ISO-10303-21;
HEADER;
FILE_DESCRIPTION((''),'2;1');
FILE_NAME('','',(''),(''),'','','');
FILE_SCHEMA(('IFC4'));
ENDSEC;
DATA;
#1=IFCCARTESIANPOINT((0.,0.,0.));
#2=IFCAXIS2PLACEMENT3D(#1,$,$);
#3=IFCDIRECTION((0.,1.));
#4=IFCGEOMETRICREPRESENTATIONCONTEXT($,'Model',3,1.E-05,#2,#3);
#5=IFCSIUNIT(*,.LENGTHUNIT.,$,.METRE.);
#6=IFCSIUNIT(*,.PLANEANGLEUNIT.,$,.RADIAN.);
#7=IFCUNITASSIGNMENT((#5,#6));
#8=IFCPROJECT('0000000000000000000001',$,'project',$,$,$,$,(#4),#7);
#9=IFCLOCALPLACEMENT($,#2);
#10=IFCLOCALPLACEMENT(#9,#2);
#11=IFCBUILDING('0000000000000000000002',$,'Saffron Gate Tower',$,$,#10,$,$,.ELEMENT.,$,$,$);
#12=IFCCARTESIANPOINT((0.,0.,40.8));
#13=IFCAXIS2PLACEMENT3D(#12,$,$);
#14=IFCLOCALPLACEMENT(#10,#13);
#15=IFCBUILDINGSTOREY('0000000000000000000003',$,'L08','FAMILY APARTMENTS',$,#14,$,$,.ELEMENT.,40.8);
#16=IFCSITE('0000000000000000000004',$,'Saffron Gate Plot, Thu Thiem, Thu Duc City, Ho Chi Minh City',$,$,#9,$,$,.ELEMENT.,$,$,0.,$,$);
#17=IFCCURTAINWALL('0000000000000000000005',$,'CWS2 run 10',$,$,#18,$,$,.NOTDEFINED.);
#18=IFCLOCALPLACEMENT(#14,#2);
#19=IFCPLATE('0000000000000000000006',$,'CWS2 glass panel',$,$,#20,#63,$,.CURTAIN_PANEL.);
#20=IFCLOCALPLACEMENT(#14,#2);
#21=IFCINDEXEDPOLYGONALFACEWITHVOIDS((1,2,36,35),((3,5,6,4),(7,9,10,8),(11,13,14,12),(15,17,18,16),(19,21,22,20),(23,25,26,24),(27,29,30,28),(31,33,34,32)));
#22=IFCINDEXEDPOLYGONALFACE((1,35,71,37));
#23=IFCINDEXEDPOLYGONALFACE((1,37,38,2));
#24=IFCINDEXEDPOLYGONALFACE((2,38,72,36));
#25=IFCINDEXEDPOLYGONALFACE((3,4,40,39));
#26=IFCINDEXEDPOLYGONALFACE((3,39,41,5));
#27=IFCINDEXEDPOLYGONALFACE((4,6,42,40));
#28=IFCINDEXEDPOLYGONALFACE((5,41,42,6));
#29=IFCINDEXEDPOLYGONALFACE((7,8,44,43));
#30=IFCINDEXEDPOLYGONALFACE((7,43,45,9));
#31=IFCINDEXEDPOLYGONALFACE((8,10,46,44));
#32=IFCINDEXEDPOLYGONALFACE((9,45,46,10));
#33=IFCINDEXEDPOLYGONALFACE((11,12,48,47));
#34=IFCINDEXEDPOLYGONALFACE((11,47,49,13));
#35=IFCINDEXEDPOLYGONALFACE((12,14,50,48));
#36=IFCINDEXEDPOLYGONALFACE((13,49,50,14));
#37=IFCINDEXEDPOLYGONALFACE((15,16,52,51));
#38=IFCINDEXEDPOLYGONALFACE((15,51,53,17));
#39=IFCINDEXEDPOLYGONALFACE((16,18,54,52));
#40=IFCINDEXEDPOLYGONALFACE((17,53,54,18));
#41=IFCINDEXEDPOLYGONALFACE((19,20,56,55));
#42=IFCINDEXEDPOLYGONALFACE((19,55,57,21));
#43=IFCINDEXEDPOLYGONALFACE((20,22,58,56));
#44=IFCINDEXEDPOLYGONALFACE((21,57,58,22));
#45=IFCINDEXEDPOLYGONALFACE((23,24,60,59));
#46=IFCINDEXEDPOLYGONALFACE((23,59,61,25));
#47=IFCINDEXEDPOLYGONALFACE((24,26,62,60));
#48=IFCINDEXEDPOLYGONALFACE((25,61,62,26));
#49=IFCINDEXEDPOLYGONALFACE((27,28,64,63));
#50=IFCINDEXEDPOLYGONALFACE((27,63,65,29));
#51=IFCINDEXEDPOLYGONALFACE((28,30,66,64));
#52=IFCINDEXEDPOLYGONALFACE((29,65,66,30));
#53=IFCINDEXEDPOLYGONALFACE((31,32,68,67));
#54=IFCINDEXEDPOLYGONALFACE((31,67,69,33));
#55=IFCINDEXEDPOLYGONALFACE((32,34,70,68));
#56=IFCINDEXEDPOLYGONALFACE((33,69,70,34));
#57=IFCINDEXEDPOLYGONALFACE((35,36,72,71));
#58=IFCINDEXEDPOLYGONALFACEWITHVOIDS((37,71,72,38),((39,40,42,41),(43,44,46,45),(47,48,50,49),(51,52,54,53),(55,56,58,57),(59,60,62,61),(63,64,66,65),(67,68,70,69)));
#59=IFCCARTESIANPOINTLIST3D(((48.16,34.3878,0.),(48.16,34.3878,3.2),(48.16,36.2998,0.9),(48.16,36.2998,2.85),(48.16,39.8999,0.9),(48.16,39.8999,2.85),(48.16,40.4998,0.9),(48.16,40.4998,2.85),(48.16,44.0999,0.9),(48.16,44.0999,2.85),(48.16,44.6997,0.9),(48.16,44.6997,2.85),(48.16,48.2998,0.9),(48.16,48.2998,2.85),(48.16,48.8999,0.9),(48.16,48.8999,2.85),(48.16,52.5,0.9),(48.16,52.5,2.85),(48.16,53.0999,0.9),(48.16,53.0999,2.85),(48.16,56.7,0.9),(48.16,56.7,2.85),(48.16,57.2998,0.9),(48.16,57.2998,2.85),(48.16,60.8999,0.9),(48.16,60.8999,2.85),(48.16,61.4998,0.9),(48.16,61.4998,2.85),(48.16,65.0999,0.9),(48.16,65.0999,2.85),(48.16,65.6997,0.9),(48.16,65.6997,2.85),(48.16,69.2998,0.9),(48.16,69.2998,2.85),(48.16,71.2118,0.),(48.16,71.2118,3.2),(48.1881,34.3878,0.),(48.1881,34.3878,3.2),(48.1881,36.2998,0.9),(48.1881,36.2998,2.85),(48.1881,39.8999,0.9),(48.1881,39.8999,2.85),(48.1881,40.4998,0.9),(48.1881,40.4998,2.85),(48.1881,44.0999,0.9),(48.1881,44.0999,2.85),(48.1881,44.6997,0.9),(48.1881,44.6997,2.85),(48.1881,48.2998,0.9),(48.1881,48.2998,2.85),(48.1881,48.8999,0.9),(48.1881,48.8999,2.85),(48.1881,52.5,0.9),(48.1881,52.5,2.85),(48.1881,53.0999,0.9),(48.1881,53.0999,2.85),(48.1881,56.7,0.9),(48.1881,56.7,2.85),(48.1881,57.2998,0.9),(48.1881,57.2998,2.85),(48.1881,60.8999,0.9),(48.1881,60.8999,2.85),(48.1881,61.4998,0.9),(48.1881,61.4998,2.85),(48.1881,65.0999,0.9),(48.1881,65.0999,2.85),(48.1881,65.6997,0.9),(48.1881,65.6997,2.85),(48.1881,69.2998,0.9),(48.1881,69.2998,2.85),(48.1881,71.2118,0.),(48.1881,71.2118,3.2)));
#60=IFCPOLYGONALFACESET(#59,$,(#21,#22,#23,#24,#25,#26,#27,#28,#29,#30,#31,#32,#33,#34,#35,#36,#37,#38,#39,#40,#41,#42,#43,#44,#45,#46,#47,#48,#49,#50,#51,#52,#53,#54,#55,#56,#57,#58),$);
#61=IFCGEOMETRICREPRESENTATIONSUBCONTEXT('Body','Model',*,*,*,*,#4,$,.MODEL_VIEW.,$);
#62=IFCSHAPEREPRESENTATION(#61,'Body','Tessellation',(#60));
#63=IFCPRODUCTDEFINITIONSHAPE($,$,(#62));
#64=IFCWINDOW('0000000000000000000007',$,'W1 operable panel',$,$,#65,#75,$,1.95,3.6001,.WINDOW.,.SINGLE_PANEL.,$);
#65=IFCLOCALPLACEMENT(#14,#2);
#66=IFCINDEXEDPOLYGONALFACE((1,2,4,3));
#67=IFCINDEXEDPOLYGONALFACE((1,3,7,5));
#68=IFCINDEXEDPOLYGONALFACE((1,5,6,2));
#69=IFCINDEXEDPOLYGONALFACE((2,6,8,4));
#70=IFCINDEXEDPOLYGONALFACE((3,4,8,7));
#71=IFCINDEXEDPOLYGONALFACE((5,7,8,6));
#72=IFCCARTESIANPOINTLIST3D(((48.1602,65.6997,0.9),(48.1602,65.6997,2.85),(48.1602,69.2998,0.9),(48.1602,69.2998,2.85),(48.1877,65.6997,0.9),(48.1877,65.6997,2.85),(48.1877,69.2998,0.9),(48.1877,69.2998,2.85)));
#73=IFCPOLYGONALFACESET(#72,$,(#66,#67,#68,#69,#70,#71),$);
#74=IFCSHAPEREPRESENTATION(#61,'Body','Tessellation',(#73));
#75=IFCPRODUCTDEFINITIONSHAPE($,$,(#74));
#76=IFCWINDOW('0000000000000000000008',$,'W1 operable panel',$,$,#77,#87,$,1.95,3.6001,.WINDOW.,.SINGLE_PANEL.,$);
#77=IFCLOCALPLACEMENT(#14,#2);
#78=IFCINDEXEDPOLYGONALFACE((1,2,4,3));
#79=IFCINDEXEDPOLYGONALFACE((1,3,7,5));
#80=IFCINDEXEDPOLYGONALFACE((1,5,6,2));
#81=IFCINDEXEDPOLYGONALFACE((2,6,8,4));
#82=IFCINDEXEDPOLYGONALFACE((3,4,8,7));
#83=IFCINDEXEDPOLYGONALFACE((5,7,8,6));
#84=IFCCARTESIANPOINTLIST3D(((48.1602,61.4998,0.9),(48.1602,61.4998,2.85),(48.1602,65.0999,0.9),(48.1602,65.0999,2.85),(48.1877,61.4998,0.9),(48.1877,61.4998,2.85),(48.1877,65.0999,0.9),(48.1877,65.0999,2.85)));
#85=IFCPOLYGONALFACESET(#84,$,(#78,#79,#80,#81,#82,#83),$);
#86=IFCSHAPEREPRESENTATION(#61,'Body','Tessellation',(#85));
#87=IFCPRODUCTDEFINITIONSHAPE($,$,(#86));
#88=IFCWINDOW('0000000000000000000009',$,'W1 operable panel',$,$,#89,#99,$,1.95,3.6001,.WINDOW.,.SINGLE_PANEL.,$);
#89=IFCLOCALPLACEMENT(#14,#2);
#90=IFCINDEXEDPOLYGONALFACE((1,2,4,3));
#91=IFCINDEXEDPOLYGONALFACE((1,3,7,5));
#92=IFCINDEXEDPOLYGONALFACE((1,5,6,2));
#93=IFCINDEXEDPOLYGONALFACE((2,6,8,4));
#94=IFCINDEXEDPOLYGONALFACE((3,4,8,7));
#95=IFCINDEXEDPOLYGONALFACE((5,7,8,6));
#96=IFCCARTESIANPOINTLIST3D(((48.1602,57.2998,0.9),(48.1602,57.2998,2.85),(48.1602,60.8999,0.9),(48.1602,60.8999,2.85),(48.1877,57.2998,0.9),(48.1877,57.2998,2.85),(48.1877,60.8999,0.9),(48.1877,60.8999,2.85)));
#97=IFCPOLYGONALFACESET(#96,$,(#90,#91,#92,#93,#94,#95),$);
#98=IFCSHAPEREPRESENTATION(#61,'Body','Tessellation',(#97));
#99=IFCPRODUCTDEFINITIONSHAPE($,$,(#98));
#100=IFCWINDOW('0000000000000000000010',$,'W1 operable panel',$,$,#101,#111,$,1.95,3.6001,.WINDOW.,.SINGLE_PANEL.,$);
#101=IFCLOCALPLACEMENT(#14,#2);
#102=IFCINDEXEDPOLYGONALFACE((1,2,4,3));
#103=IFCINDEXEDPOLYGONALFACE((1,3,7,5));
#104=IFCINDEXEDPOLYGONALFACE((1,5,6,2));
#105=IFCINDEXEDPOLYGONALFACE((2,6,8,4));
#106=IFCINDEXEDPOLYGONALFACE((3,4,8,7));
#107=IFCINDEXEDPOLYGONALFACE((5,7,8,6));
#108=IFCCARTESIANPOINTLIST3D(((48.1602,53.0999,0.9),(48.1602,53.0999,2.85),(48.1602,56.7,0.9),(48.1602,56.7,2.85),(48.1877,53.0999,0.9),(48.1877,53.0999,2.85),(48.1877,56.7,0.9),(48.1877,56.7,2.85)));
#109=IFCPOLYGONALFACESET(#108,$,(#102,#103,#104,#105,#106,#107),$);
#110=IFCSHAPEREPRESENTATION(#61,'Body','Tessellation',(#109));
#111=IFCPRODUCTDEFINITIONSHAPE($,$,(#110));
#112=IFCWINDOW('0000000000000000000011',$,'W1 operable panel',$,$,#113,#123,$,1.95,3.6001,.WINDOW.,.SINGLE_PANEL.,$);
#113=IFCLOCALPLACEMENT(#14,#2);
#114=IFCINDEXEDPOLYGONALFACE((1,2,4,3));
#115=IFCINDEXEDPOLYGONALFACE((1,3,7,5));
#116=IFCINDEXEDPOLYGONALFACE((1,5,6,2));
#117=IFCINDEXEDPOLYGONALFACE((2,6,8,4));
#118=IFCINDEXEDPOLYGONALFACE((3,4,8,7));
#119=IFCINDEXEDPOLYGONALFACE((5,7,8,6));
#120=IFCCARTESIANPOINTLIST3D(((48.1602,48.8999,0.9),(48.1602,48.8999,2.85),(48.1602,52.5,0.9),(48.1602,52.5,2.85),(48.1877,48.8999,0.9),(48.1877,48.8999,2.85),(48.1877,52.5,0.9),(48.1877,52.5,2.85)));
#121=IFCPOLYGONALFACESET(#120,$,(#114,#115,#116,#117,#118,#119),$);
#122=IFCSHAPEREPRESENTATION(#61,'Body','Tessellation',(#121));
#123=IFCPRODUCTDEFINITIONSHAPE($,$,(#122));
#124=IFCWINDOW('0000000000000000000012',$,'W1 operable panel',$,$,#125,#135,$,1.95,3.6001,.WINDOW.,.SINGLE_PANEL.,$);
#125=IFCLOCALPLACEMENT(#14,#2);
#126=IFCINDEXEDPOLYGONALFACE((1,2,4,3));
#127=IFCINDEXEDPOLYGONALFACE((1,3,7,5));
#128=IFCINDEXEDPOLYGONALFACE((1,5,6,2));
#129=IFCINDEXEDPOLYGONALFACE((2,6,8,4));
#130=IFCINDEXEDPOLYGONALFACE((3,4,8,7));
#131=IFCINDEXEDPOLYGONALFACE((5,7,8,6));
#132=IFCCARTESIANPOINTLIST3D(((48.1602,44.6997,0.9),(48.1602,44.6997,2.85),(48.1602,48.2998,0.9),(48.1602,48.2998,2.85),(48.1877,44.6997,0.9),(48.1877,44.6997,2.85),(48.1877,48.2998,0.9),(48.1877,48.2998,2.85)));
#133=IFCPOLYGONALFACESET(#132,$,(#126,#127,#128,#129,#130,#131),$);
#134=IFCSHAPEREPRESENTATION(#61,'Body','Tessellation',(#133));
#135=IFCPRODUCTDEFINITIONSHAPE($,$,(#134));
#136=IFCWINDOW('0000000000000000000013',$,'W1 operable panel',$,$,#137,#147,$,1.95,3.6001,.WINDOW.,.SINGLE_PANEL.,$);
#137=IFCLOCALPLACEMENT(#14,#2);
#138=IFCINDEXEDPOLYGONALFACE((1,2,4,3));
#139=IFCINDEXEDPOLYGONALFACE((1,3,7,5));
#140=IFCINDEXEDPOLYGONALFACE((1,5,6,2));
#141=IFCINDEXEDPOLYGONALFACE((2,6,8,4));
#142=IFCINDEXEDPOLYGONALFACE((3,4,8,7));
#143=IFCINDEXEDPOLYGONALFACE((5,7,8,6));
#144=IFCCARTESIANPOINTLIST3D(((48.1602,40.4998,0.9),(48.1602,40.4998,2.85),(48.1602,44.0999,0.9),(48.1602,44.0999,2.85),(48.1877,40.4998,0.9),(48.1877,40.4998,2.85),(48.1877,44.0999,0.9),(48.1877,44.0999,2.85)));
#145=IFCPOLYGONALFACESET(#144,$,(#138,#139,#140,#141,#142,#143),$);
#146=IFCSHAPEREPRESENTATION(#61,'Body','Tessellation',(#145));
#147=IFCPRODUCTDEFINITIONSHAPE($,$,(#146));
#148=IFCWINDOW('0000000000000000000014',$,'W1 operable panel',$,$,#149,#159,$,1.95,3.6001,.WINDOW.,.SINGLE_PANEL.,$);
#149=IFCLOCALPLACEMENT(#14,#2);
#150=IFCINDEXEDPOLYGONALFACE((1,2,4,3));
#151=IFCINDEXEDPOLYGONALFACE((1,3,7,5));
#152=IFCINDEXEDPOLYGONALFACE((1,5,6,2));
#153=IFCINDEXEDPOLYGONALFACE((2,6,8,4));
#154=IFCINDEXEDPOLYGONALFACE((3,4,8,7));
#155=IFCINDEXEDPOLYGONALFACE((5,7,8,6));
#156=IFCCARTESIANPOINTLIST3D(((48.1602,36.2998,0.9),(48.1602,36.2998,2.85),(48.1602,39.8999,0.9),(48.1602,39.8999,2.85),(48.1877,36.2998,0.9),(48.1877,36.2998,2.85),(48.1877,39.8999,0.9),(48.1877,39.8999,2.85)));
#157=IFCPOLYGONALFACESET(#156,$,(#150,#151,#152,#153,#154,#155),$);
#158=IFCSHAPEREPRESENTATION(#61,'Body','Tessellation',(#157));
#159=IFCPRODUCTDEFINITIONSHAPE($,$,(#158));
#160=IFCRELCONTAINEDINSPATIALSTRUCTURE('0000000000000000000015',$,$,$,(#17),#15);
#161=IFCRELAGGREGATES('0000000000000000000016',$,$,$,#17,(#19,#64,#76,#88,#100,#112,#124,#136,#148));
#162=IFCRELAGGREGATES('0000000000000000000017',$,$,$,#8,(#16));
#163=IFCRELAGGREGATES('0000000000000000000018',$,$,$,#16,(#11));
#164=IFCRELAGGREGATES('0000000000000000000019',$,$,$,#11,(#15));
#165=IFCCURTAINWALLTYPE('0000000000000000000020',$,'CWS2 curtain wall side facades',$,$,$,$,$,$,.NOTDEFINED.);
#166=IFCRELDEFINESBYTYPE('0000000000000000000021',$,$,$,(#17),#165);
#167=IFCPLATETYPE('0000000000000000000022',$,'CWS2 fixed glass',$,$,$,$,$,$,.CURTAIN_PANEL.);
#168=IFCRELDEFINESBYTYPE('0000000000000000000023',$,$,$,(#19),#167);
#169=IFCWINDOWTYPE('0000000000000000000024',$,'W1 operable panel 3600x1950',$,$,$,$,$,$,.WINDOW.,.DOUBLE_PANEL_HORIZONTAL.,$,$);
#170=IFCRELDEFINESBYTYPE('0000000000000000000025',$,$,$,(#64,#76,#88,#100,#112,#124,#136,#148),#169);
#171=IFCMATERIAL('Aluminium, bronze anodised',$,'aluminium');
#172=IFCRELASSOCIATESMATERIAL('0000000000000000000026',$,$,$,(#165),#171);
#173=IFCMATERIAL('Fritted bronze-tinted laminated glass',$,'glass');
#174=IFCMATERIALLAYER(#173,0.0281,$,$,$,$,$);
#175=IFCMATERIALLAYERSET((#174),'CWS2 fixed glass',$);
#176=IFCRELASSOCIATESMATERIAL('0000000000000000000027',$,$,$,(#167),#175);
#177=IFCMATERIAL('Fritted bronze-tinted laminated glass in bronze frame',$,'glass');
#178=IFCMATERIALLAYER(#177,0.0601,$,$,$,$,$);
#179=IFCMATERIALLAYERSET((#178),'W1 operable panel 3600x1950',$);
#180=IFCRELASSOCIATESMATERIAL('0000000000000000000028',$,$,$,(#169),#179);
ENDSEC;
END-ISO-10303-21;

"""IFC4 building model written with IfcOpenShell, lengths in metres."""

from ifc_helpers import new_model, si_unit, direction, frame, frame_2d, origin, place, context, subcontext, project, spatial, rectangle, extrude, material, layer, layer_set, type_object, element, fill, aggregate, save


model = new_model("IFC4")

# Units and contexts
model_context = context("Model", 3, precision=1e-05, world=origin(), true_north=direction((0.0, 1.0)))
body_context = subcontext(model_context, "Body", "Model", "MODEL_VIEW")
ifc_project = project(units=[si_unit("LENGTHUNIT", "METRE"), si_unit("PLANEANGLEUNIT", "RADIAN")], contexts=[model_context])

# Site, building, storey
site_placement = place(None, origin())
site = spatial("IfcSite", under=ifc_project, at=site_placement, Name="Saffron Gate Plot, Thu Thiem, Thu Duc City, Ho Chi Minh City", CompositionType="ELEMENT", RefElevation=0.0)
building_placement = place(site_placement, origin())
building = spatial("IfcBuilding", under=site, at=building_placement, Name="Saffron Gate Tower", CompositionType="ELEMENT")
storey_placement = place(building_placement, frame((0.0, 0.0, 40.8)))
storey = spatial("IfcBuildingStorey", under=building, at=storey_placement, Name="L08", Description="FAMILY APARTMENTS", CompositionType="ELEMENT", Elevation=40.8)

# Curtain wall
ifc_material_1 = material(Name="Aluminium, bronze anodised", Category="aluminium")
curtain_wall_type_1 = type_object("IfcCurtainWallType", Name="CWS2 curtain wall side facades", PredefinedType="NOTDEFINED", material=ifc_material_1)
curtain_wall_1_placement = place(storey_placement, origin())
curtain_wall_1 = element("IfcCurtainWall", 1, at=curtain_wall_1_placement, inside=storey, type_object=curtain_wall_type_1, Name="CWS2 run 10", PredefinedType="NOTDEFINED")

# Plate, openings, windows
ifc_material_2 = material(Name="Fritted bronze-tinted laminated glass", Category="glass")
ifc_layer_1 = layer(ifc_material_2, 0.0281)
ifc_layer_set_1 = layer_set([ifc_layer_1], Name="CWS2 fixed glass")
plate_type_1 = type_object("IfcPlateType", Name="CWS2 fixed glass", PredefinedType="CURTAIN_PANEL", material=ifc_layer_set_1)
plate_1_placement = place(storey_placement, frame((48.1741, 71.2119, 0.0), z_axis=(0.0, 0.0, 1.0), x_axis=(0.0, -1.0, 0.0)))
plate_1 = element("IfcPlate", 2, at=plate_1_placement, type_object=plate_type_1, Name="CWS2 glass panel", PredefinedType="CURTAIN_PANEL", context=body_context, shape_type="SweptSolid", body=[
    extrude(rectangle(XDim=36.824, YDim=0.0281, at=frame_2d((18.4121, 0.0))), origin(), (0.0, 0.0, 1.0), 3.2),
])
opening_1_placement = place(plate_1_placement, frame((1.9121, 0.0, 0.8999)))
opening_1 = element("IfcOpeningElement", 3, at=opening_1_placement, cuts=plate_1, PredefinedType="OPENING", context=body_context, shape_type="SweptSolid", body=[
    extrude(rectangle(XDim=3.6001, YDim=1.95, at=frame_2d((1.8, 0.9751))), frame((0.0, 0.0239, 0.0), z_axis=(0.0, -1.0, 0.0), x_axis=(1.0, 0.0, 0.0)), (0.0, 0.0, 1.0), 0.0481),
])
opening_2_placement = place(plate_1_placement, frame((6.1121, 0.0, 0.8999)))
opening_2 = element("IfcOpeningElement", 4, at=opening_2_placement, cuts=plate_1, PredefinedType="OPENING", context=body_context, shape_type="SweptSolid", body=[
    extrude(rectangle(XDim=3.6001, YDim=1.95, at=frame_2d((1.8, 0.9751))), frame((0.0, 0.0239, 0.0), z_axis=(0.0, -1.0, 0.0), x_axis=(1.0, 0.0, 0.0)), (0.0, 0.0, 1.0), 0.0481),
])
opening_3_placement = place(plate_1_placement, frame((10.312, 0.0, 0.8999)))
opening_3 = element("IfcOpeningElement", 5, at=opening_3_placement, cuts=plate_1, PredefinedType="OPENING", context=body_context, shape_type="SweptSolid", body=[
    extrude(rectangle(XDim=3.6001, YDim=1.95, at=frame_2d((1.8, 0.9751))), frame((0.0, 0.0239, 0.0), z_axis=(0.0, -1.0, 0.0), x_axis=(1.0, 0.0, 0.0)), (0.0, 0.0, 1.0), 0.0481),
])
opening_4_placement = place(plate_1_placement, frame((14.512, 0.0, 0.8999)))
opening_4 = element("IfcOpeningElement", 6, at=opening_4_placement, cuts=plate_1, PredefinedType="OPENING", context=body_context, shape_type="SweptSolid", body=[
    extrude(rectangle(XDim=3.6001, YDim=1.95, at=frame_2d((1.8, 0.9751))), frame((0.0, 0.0239, 0.0), z_axis=(0.0, -1.0, 0.0), x_axis=(1.0, 0.0, 0.0)), (0.0, 0.0, 1.0), 0.0481),
])
opening_5_placement = place(plate_1_placement, frame((18.7119, 0.0, 0.8999)))
opening_5 = element("IfcOpeningElement", 7, at=opening_5_placement, cuts=plate_1, PredefinedType="OPENING", context=body_context, shape_type="SweptSolid", body=[
    extrude(rectangle(XDim=3.6001, YDim=1.95, at=frame_2d((1.8, 0.9751))), frame((0.0, 0.0239, 0.0), z_axis=(0.0, -1.0, 0.0), x_axis=(1.0, 0.0, 0.0)), (0.0, 0.0, 1.0), 0.0481),
])
opening_6_placement = place(plate_1_placement, frame((22.9121, 0.0, 0.8999)))
opening_6 = element("IfcOpeningElement", 8, at=opening_6_placement, cuts=plate_1, PredefinedType="OPENING", context=body_context, shape_type="SweptSolid", body=[
    extrude(rectangle(XDim=3.6001, YDim=1.95, at=frame_2d((1.8, 0.9751))), frame((0.0, 0.0239, 0.0), z_axis=(0.0, -1.0, 0.0), x_axis=(1.0, 0.0, 0.0)), (0.0, 0.0, 1.0), 0.0481),
])
opening_7_placement = place(plate_1_placement, frame((27.1121, 0.0, 0.8999)))
opening_7 = element("IfcOpeningElement", 9, at=opening_7_placement, cuts=plate_1, PredefinedType="OPENING", context=body_context, shape_type="SweptSolid", body=[
    extrude(rectangle(XDim=3.6001, YDim=1.95, at=frame_2d((1.8, 0.9751))), frame((0.0, 0.0239, 0.0), z_axis=(0.0, -1.0, 0.0), x_axis=(1.0, 0.0, 0.0)), (0.0, 0.0, 1.0), 0.0481),
])
opening_8_placement = place(plate_1_placement, frame((31.312, 0.0, 0.8999)))
opening_8 = element("IfcOpeningElement", 10, at=opening_8_placement, cuts=plate_1, PredefinedType="OPENING", context=body_context, shape_type="SweptSolid", body=[
    extrude(rectangle(XDim=3.6001, YDim=1.95, at=frame_2d((1.8, 0.9751))), frame((0.0, 0.0239, 0.0), z_axis=(0.0, -1.0, 0.0), x_axis=(1.0, 0.0, 0.0)), (0.0, 0.0, 1.0), 0.0481),
])
ifc_material_3 = material(Name="Fritted bronze-tinted laminated glass in bronze frame", Category="glass")
ifc_layer_2 = layer(ifc_material_3, 0.0601)
ifc_layer_set_2 = layer_set([ifc_layer_2], Name="W1 operable panel 3600x1950")
window_type = type_object("IfcWindowType", Name="W1 operable panel 3600x1950", PartitioningType="DOUBLE_PANEL_HORIZONTAL", PredefinedType="WINDOW", material=ifc_layer_set_2)
window_1_placement = place(opening_1_placement, origin())
window_1 = element("IfcWindow", 11, at=window_1_placement, type_object=window_type, Name="W1 operable panel", OverallHeight=1.95, OverallWidth=3.6001, PartitioningType="SINGLE_PANEL", PredefinedType="WINDOW", context=body_context, shape_type="SweptSolid", body=[
    extrude(rectangle(XDim=3.6001, YDim=1.95, at=frame_2d((1.8, 0.9751))), frame((0.0, 0.0137, 0.0), z_axis=(0.0, -1.0, 0.0), x_axis=(1.0, 0.0, 0.0)), (0.0, 0.0, 1.0), 0.0276),
])
fill(opening_1, window_1)
window_2_placement = place(opening_2_placement, origin())
window_2 = element("IfcWindow", 12, at=window_2_placement, type_object=window_type, Name="W1 operable panel", OverallHeight=1.95, OverallWidth=3.6001, PartitioningType="SINGLE_PANEL", PredefinedType="WINDOW", context=body_context, shape_type="SweptSolid", body=[
    extrude(rectangle(XDim=3.6001, YDim=1.95, at=frame_2d((1.8, 0.9751))), frame((0.0, 0.0137, 0.0), z_axis=(0.0, -1.0, 0.0), x_axis=(1.0, 0.0, 0.0)), (0.0, 0.0, 1.0), 0.0276),
])
fill(opening_2, window_2)
window_3_placement = place(opening_3_placement, origin())
window_3 = element("IfcWindow", 13, at=window_3_placement, type_object=window_type, Name="W1 operable panel", OverallHeight=1.95, OverallWidth=3.6001, PartitioningType="SINGLE_PANEL", PredefinedType="WINDOW", context=body_context, shape_type="SweptSolid", body=[
    extrude(rectangle(XDim=3.6001, YDim=1.95, at=frame_2d((1.8, 0.9751))), frame((0.0, 0.0137, 0.0), z_axis=(0.0, -1.0, 0.0), x_axis=(1.0, 0.0, 0.0)), (0.0, 0.0, 1.0), 0.0276),
])
fill(opening_3, window_3)
window_4_placement = place(opening_4_placement, origin())
window_4 = element("IfcWindow", 14, at=window_4_placement, type_object=window_type, Name="W1 operable panel", OverallHeight=1.95, OverallWidth=3.6001, PartitioningType="SINGLE_PANEL", PredefinedType="WINDOW", context=body_context, shape_type="SweptSolid", body=[
    extrude(rectangle(XDim=3.6001, YDim=1.95, at=frame_2d((1.8, 0.9751))), frame((0.0, 0.0137, 0.0), z_axis=(0.0, -1.0, 0.0), x_axis=(1.0, 0.0, 0.0)), (0.0, 0.0, 1.0), 0.0276),
])
fill(opening_4, window_4)
window_5_placement = place(opening_5_placement, origin())
window_5 = element("IfcWindow", 15, at=window_5_placement, type_object=window_type, Name="W1 operable panel", OverallHeight=1.95, OverallWidth=3.6001, PartitioningType="SINGLE_PANEL", PredefinedType="WINDOW", context=body_context, shape_type="SweptSolid", body=[
    extrude(rectangle(XDim=3.6001, YDim=1.95, at=frame_2d((1.8, 0.9751))), frame((0.0, 0.0137, 0.0), z_axis=(0.0, -1.0, 0.0), x_axis=(1.0, 0.0, 0.0)), (0.0, 0.0, 1.0), 0.0276),
])
fill(opening_5, window_5)
window_6_placement = place(opening_6_placement, origin())
window_6 = element("IfcWindow", 16, at=window_6_placement, type_object=window_type, Name="W1 operable panel", OverallHeight=1.95, OverallWidth=3.6001, PartitioningType="SINGLE_PANEL", PredefinedType="WINDOW", context=body_context, shape_type="SweptSolid", body=[
    extrude(rectangle(XDim=3.6001, YDim=1.95, at=frame_2d((1.8, 0.9751))), frame((0.0, 0.0137, 0.0), z_axis=(0.0, -1.0, 0.0), x_axis=(1.0, 0.0, 0.0)), (0.0, 0.0, 1.0), 0.0276),
])
fill(opening_6, window_6)
window_7_placement = place(opening_7_placement, origin())
window_7 = element("IfcWindow", 17, at=window_7_placement, type_object=window_type, Name="W1 operable panel", OverallHeight=1.95, OverallWidth=3.6001, PartitioningType="SINGLE_PANEL", PredefinedType="WINDOW", context=body_context, shape_type="SweptSolid", body=[
    extrude(rectangle(XDim=3.6001, YDim=1.95, at=frame_2d((1.8, 0.9751))), frame((0.0, 0.0137, 0.0), z_axis=(0.0, -1.0, 0.0), x_axis=(1.0, 0.0, 0.0)), (0.0, 0.0, 1.0), 0.0276),
])
fill(opening_7, window_7)
window_8_placement = place(opening_8_placement, origin())
window_8 = element("IfcWindow", 18, at=window_8_placement, type_object=window_type, Name="W1 operable panel", OverallHeight=1.95, OverallWidth=3.6001, PartitioningType="SINGLE_PANEL", PredefinedType="WINDOW", context=body_context, shape_type="SweptSolid", body=[
    extrude(rectangle(XDim=3.6001, YDim=1.95, at=frame_2d((1.8, 0.9751))), frame((0.0, 0.0137, 0.0), z_axis=(0.0, -1.0, 0.0), x_axis=(1.0, 0.0, 0.0)), (0.0, 0.0, 1.0), 0.0276),
])
fill(opening_8, window_8)
aggregate(curtain_wall_1, [plate_1, window_1, window_2, window_3, window_4, window_5, window_6, window_7, window_8])

save(model, "model.ifc")
